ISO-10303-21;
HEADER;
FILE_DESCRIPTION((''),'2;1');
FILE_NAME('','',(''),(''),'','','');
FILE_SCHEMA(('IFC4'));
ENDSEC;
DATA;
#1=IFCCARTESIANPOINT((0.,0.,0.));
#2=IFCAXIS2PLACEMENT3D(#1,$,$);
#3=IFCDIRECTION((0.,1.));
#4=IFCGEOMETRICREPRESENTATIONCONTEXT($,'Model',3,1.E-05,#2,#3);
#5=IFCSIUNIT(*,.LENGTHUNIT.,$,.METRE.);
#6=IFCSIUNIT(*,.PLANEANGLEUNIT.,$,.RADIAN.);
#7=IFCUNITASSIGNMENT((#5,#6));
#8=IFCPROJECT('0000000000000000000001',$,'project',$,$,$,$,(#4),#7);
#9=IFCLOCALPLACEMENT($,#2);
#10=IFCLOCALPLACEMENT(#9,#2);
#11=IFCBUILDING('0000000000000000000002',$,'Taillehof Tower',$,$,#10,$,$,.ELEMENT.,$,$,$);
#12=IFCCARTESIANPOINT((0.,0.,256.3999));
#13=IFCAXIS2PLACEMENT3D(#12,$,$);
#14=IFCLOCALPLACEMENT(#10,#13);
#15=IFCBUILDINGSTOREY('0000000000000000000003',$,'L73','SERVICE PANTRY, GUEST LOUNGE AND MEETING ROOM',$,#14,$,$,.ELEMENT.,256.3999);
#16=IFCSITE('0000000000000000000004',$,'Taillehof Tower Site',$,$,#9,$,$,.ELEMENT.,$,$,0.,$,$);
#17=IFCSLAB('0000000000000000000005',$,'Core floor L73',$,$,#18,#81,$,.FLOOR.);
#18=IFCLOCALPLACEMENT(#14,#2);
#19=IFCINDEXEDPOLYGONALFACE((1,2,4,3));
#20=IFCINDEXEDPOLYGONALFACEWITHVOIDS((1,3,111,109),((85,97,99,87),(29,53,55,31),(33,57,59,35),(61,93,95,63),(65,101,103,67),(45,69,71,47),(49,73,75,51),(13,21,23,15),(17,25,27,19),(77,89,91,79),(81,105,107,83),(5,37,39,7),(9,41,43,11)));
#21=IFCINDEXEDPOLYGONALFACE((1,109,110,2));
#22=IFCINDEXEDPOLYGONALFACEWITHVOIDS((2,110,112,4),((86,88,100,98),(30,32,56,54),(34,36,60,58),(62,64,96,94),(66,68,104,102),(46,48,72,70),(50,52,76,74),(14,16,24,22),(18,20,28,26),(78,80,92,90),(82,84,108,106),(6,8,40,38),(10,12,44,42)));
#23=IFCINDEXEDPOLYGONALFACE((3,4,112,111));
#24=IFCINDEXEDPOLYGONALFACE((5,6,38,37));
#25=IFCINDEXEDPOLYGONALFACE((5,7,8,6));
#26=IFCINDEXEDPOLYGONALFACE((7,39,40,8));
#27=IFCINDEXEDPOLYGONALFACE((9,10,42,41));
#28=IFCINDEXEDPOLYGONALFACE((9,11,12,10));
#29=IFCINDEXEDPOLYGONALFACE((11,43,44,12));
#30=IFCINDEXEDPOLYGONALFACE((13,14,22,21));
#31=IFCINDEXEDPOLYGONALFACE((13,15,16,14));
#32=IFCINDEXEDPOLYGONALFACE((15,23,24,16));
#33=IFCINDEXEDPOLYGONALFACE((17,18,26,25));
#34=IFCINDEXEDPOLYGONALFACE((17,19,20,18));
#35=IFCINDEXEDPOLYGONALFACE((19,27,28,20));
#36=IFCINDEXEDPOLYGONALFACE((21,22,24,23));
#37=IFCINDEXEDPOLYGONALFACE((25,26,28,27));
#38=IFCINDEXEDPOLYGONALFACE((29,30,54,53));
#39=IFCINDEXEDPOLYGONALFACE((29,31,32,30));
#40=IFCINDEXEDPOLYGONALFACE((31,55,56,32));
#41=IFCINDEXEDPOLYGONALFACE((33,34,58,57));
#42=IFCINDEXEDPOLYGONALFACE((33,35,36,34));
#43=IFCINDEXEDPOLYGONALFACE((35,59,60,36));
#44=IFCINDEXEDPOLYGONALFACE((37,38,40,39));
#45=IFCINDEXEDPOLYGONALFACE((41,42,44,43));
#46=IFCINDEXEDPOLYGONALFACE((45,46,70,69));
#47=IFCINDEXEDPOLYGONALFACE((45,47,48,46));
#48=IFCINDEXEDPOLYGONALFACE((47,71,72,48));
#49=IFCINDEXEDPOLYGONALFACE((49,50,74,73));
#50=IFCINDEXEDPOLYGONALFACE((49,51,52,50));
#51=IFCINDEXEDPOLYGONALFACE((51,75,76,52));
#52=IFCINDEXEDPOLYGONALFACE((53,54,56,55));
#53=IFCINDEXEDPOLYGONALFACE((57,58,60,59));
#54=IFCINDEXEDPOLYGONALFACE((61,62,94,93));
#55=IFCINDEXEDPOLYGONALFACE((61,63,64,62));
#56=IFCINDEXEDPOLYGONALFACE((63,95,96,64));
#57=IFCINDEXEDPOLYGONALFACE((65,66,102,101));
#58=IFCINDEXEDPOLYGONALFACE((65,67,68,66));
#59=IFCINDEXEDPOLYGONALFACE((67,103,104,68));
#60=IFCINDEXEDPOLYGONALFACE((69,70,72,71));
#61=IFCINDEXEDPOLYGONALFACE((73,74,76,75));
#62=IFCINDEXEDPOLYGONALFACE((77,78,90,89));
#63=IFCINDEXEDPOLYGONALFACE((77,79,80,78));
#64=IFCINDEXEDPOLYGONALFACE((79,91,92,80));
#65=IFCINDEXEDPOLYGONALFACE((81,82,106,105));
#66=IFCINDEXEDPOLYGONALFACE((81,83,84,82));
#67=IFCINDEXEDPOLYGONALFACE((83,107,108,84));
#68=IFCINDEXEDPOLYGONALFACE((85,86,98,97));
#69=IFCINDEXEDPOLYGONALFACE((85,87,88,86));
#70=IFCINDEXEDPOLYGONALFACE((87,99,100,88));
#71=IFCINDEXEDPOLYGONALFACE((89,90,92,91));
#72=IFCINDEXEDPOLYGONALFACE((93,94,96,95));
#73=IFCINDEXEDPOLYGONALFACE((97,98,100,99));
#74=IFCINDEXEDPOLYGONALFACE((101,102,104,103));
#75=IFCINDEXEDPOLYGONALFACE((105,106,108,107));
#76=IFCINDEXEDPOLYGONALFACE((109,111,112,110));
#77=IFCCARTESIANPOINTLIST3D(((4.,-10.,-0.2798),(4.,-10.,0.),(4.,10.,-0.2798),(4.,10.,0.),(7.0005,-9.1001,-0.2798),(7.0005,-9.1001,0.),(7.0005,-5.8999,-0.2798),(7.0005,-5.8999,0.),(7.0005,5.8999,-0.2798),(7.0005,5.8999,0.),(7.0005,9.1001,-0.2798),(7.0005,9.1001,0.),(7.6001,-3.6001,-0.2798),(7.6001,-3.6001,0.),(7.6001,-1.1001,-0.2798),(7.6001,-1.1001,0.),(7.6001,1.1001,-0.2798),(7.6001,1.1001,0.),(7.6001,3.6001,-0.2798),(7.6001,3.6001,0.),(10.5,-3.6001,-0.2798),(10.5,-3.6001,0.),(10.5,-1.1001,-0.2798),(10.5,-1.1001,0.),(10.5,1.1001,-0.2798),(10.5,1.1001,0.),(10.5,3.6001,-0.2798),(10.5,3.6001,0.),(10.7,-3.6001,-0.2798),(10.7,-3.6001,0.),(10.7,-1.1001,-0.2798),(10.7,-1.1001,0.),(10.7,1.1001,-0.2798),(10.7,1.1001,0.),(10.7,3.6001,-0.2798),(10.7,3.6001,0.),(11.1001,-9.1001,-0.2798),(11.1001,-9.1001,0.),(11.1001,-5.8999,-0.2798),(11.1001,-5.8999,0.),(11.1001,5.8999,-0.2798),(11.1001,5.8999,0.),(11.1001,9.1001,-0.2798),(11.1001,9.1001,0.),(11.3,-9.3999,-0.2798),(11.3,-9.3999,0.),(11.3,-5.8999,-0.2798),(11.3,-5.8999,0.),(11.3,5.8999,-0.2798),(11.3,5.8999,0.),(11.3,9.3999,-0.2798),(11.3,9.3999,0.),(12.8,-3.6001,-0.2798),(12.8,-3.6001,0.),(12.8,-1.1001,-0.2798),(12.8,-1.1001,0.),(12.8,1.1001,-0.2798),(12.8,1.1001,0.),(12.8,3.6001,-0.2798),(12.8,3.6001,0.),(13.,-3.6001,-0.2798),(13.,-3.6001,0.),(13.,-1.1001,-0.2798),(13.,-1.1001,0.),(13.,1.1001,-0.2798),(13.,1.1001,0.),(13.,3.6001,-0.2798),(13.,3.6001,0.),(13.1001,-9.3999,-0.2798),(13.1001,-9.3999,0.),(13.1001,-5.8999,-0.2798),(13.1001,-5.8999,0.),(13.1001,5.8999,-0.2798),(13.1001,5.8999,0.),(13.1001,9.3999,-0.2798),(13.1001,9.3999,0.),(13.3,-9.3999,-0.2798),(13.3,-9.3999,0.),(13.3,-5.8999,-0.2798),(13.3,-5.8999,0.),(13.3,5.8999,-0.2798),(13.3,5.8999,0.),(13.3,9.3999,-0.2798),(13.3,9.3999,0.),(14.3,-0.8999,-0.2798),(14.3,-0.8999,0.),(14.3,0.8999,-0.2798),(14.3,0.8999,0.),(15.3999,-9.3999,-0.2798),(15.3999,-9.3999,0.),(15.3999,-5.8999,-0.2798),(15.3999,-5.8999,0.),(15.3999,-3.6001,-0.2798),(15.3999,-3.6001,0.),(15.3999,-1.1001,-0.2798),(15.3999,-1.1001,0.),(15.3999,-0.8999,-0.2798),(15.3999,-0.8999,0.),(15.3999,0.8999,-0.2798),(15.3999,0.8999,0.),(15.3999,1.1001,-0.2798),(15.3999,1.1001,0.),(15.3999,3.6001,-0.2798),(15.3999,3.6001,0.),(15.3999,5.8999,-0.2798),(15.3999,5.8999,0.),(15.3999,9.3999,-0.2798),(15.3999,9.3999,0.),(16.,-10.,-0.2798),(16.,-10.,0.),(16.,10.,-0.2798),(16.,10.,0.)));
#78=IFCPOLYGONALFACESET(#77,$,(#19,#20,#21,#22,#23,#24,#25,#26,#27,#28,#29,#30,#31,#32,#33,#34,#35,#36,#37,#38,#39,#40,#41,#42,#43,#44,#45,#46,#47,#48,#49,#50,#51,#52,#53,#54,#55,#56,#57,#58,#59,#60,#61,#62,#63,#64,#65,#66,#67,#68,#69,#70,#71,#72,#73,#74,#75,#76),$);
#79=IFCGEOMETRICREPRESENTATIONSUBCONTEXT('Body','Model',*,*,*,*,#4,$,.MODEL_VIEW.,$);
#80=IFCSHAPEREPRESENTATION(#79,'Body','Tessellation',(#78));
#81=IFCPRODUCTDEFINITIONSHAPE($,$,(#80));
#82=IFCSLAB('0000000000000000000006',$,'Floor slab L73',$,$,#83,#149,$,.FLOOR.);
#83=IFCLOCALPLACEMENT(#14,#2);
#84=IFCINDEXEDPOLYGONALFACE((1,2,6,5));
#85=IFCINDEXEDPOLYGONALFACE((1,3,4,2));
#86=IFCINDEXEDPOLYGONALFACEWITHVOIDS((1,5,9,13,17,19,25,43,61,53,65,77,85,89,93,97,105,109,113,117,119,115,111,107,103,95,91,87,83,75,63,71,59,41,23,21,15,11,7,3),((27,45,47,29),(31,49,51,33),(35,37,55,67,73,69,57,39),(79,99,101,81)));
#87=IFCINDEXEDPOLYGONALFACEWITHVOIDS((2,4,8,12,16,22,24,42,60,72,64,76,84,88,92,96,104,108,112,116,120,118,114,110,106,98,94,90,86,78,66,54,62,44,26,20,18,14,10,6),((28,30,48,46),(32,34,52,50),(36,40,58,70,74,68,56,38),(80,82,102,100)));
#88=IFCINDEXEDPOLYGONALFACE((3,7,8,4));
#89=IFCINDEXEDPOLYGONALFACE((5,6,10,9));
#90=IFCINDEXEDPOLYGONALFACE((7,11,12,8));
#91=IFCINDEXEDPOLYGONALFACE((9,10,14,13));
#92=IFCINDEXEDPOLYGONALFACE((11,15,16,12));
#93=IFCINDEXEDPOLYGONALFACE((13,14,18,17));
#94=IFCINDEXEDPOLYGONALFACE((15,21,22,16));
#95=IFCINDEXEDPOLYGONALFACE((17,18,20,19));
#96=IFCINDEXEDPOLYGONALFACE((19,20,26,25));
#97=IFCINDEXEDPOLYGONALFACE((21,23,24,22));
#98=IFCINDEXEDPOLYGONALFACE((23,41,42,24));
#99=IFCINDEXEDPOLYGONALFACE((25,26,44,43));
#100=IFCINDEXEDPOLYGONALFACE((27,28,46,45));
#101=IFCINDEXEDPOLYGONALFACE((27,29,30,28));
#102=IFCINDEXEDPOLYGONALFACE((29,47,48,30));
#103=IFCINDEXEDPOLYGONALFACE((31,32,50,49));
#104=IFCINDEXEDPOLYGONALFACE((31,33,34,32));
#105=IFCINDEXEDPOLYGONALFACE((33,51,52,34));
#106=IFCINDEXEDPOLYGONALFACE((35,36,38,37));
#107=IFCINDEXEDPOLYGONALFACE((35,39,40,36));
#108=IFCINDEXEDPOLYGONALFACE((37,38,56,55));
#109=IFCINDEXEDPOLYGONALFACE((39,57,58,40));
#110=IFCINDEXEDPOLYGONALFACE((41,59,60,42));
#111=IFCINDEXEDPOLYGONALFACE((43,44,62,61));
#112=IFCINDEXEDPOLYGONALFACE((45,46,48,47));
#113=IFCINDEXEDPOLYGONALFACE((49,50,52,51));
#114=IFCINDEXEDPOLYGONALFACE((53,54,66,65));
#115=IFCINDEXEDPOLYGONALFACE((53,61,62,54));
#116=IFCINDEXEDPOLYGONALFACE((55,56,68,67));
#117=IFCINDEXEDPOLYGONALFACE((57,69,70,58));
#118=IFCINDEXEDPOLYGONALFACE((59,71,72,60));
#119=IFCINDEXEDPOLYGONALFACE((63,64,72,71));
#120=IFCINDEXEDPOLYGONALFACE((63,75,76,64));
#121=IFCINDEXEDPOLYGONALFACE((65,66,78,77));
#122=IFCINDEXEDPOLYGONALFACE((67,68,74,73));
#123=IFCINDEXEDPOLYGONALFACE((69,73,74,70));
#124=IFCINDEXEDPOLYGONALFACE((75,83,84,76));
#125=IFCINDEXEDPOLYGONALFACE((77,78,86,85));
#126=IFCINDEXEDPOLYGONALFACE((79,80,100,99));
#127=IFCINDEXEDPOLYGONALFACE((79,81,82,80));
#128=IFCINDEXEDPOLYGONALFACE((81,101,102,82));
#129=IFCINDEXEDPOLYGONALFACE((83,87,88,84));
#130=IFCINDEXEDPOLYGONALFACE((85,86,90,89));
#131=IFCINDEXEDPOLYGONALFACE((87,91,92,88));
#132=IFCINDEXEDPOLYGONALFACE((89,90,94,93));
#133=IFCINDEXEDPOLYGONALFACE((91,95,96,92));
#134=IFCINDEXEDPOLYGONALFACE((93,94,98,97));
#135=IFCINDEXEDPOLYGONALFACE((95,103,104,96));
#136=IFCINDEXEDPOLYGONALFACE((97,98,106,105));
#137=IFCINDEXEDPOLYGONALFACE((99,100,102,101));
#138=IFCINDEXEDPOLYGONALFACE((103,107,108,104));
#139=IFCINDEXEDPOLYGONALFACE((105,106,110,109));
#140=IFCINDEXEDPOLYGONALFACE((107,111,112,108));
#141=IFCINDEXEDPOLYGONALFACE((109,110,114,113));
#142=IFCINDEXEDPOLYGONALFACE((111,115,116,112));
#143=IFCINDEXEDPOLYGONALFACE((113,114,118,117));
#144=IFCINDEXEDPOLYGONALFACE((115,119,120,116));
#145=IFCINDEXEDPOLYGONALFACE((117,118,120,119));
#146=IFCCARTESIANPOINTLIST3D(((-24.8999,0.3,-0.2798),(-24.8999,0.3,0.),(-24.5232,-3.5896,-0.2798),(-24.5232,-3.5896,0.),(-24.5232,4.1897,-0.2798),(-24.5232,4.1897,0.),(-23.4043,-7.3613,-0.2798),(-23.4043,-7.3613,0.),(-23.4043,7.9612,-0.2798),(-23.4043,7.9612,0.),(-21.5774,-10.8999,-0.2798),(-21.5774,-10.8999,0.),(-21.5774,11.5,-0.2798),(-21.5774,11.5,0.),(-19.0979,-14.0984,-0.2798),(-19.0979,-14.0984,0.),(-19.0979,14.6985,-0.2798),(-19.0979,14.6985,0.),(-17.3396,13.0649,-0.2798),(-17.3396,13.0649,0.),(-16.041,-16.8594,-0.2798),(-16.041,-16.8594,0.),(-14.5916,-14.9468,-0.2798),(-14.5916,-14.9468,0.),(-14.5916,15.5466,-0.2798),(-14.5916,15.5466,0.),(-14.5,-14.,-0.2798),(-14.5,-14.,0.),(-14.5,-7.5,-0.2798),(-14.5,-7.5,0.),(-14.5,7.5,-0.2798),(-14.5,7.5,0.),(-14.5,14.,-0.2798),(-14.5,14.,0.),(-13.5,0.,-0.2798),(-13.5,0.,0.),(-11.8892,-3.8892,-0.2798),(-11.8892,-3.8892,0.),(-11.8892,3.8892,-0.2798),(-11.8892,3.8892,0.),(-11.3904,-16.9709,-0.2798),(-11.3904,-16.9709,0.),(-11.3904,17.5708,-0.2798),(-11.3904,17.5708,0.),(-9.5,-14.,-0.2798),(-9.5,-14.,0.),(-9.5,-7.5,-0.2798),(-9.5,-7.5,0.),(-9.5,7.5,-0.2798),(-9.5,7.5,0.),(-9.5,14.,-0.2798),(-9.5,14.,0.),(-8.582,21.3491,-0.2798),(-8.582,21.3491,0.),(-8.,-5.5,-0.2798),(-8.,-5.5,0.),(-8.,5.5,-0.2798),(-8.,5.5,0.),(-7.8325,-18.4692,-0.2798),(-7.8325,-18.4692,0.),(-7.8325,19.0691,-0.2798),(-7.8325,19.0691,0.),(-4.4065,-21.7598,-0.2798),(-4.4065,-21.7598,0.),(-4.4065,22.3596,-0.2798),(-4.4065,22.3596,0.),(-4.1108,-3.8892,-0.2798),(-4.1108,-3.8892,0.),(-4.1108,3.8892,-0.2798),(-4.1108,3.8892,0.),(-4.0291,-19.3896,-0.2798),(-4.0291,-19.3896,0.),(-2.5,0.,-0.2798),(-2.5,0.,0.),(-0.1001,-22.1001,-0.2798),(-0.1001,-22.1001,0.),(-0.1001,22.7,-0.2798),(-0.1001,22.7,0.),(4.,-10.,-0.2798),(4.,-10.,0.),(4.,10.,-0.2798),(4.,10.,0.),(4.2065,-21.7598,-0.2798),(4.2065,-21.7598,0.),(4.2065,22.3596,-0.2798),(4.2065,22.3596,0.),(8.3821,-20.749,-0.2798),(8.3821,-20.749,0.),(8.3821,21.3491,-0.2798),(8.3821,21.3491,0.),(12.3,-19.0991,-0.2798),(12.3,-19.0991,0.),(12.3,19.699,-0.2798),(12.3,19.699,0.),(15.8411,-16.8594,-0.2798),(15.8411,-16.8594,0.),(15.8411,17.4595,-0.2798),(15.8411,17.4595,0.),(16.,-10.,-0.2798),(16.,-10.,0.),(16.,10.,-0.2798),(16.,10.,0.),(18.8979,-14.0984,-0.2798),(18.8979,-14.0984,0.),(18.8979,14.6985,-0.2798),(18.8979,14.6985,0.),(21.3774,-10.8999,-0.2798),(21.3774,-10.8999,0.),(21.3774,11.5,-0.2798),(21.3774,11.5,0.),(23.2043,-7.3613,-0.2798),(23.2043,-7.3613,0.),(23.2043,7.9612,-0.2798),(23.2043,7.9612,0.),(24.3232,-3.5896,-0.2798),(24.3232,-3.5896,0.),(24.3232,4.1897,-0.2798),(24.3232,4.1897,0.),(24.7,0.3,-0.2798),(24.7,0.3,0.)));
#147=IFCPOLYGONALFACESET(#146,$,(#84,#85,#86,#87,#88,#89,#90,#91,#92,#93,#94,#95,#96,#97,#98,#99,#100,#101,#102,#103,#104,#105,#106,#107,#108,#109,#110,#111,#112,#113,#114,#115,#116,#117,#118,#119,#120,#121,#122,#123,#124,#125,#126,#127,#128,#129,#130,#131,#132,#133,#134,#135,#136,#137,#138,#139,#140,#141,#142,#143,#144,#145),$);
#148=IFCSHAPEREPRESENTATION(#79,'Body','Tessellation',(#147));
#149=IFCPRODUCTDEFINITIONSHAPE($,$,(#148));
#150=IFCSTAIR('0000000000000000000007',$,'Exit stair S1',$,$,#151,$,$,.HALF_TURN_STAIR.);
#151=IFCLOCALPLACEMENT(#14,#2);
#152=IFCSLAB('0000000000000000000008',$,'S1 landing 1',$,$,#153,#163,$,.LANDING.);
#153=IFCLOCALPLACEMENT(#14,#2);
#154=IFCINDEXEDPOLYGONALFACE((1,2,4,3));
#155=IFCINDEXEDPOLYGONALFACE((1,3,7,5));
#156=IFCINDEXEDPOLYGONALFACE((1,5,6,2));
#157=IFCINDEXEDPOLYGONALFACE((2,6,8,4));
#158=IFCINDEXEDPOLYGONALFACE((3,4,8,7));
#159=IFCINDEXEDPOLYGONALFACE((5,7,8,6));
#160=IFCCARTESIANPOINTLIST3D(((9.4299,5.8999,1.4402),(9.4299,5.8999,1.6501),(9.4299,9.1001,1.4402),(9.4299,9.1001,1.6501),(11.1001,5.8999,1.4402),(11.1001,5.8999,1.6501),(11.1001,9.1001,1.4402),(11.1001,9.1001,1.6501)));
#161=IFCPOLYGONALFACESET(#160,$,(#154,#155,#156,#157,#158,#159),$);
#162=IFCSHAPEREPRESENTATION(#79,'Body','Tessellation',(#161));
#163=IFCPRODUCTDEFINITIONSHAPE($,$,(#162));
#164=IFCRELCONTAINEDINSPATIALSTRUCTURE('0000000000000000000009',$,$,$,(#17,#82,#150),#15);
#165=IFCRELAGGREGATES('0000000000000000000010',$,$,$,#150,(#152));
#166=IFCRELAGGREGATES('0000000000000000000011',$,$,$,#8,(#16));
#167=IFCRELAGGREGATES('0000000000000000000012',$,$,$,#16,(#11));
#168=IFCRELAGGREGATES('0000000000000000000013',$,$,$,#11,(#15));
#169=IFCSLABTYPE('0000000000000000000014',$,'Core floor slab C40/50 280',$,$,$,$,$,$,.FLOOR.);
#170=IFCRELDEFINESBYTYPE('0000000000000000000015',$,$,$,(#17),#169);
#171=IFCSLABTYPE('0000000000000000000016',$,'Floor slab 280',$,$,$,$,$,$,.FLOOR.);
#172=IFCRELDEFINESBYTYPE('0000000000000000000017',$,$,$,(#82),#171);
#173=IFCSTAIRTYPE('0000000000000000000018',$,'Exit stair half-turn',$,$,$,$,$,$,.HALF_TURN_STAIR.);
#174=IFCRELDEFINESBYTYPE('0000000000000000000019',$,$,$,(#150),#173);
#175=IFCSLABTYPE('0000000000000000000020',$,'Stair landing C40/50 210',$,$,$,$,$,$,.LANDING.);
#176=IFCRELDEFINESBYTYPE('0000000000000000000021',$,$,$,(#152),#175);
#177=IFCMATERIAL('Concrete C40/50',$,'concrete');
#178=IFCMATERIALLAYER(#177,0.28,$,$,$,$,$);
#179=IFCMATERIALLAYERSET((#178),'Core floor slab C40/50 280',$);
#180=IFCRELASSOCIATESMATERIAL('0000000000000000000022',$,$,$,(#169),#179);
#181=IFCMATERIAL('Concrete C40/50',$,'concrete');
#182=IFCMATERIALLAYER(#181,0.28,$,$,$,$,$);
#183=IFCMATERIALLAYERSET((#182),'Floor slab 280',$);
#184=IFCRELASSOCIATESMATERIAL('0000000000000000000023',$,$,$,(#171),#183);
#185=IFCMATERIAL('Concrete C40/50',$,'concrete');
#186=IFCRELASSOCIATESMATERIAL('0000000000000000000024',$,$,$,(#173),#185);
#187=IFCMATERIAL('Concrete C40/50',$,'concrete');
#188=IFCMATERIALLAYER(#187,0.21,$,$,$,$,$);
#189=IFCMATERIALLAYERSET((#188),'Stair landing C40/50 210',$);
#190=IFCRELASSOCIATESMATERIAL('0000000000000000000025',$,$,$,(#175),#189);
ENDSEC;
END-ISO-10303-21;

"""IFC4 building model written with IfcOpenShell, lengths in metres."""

from ifc_helpers import new_model, si_unit, direction, frame, origin, place, context, subcontext, project, spatial, polyline, outline, extrude, material, layer, layer_set, type_object, element, aggregate, save


model = new_model("IFC4")

# Units and contexts
model_context = context("Model", 3, precision=1e-05, world=origin(), true_north=direction((0.0, 1.0)))
body_context = subcontext(model_context, "Body", "Model", "MODEL_VIEW")
ifc_project = project(units=[si_unit("LENGTHUNIT", "METRE"), si_unit("PLANEANGLEUNIT", "RADIAN")], contexts=[model_context])

# Site, building, storey
site_placement = place(None, origin())
site = spatial("IfcSite", under=ifc_project, at=site_placement, Name="Taillehof Tower Site", CompositionType="ELEMENT", RefElevation=0.0)
building_placement = place(site_placement, origin())
building = spatial("IfcBuilding", under=site, at=building_placement, Name="Taillehof Tower", CompositionType="ELEMENT")
storey_placement = place(building_placement, frame((0.0, 0.0, 256.3999)))
storey = spatial("IfcBuildingStorey", under=building, at=storey_placement, Name="L73", Description="SERVICE PANTRY, GUEST LOUNGE AND MEETING ROOM", CompositionType="ELEMENT", Elevation=256.3999)

# Slabs
ifc_material_1 = material(Name="Concrete C40/50", Category="concrete")
ifc_layer_1 = layer(ifc_material_1, 0.28)
ifc_layer_set_1 = layer_set([ifc_layer_1], Name="Core floor slab C40/50 280")
slab_type_1 = type_object("IfcSlabType", Name="Core floor slab C40/50 280", PredefinedType="FLOOR", material=ifc_layer_set_1)
slab_1_placement = place(storey_placement, frame((0.0, 0.0, -0.2798)))
element("IfcSlab", 1, at=slab_1_placement, inside=storey, type_object=slab_type_1, Name="Core floor L73", PredefinedType="FLOOR", context=body_context, shape_type="SweptSolid", body=[
    extrude(outline(polyline([(4.0, -10.0), (4.0, 10.0), (16.0, 10.0), (16.0, -10.0), (4.0, -10.0)]), holes=[polyline([(11.1001, -9.1001), (11.1001, -5.8999), (7.0005, -5.8999), (7.0005, -9.1001), (11.1001, -9.1001)]), polyline([(10.5, -3.6001), (10.5, -1.1001), (7.6001, -1.1001), (7.6001, -3.6001), (10.5, -3.6001)]), polyline([(12.8, -3.6001), (12.8, -1.1001), (10.7, -1.1001), (10.7, -3.6001), (12.8, -3.6001)]), polyline([(10.5, 3.6001), (7.6001, 3.6001), (7.6001, 1.1001), (10.5, 1.1001), (10.5, 3.6001)]), polyline([(12.8, 1.1001), (12.8, 3.6001), (10.7, 3.6001), (10.7, 1.1001), (12.8, 1.1001)]), polyline([(11.1001, 5.8999), (11.1001, 9.1001), (7.0005, 9.1001), (7.0005, 5.8999), (11.1001, 5.8999)]), polyline([(13.1001, 9.3999), (11.3, 9.3999), (11.3, 5.8999), (13.1001, 5.8999), (13.1001, 9.3999)]), polyline([(13.1001, -9.3999), (13.1001, -5.8999), (11.3, -5.8999), (11.3, -9.3999), (13.1001, -9.3999)]), polyline([(15.3999, -9.3999), (15.3999, -5.8999), (13.3, -5.8999), (13.3, -9.3999), (15.3999, -9.3999)]), polyline([(15.3999, -3.6001), (15.3999, -1.1001), (13.0, -1.1001), (13.0, -3.6001), (15.3999, -3.6001)]), polyline([(15.3999, -0.8999), (15.3999, 0.8999), (14.3, 0.8999), (14.3, -0.8999), (15.3999, -0.8999)]), polyline([(15.3999, 1.1001), (15.3999, 3.6001), (13.0, 3.6001), (13.0, 1.1001), (15.3999, 1.1001)]), polyline([(15.3999, 5.8999), (15.3999, 9.3999), (13.3, 9.3999), (13.3, 5.8999), (15.3999, 5.8999)])]), origin(), (0.0, 0.0, 1.0), 0.2798),
])
ifc_material_2 = material(Name="Concrete C40/50", Category="concrete")
ifc_layer_2 = layer(ifc_material_2, 0.28)
ifc_layer_set_2 = layer_set([ifc_layer_2], Name="Floor slab 280")
slab_type_2 = type_object("IfcSlabType", Name="Floor slab 280", PredefinedType="FLOOR", material=ifc_layer_set_2)
slab_2_placement = place(storey_placement, frame((0.0, 0.0, -0.2798)))
element("IfcSlab", 2, at=slab_2_placement, inside=storey, type_object=slab_type_2, Name="Floor slab L73", PredefinedType="FLOOR", context=body_context, shape_type="SweptSolid", body=[
    extrude(outline(polyline([(24.7, 0.3), (24.3232, 4.1897), (23.2043, 7.9612), (21.3774, 11.5), (18.8979, 14.6985), (15.8411, 17.4595), (12.3, 19.699), (8.3821, 21.3491), (4.2065, 22.3596), (-0.1001, 22.7), (-4.4065, 22.3596), (-8.582, 21.3491), (-7.8325, 19.0691), (-11.3904, 17.5708), (-14.5916, 15.5466), (-17.3396, 13.0649), (-19.0979, 14.6985), (-21.5774, 11.5), (-23.4043, 7.9612), (-24.5232, 4.1897), (-24.8999, 0.3), (-24.5232, -3.5896), (-23.4043, -7.3613), (-21.5774, -10.8999), (-19.0979, -14.0984), (-16.041, -16.8594), (-14.5916, -14.9468), (-11.3904, -16.9709), (-7.8325, -18.4692), (-4.0291, -19.3896), (-4.4065, -21.7598), (-0.1001, -22.1001), (4.2065, -21.7598), (8.3821, -20.749), (12.3, -19.0991), (15.8411, -16.8594), (18.8979, -14.0984), (21.3774, -10.8999), (23.2043, -7.3613), (24.3232, -3.5896), (24.7, 0.3)]), holes=[polyline([(-14.5, -7.5), (-9.5, -7.5), (-9.5, -14.0), (-14.5, -14.0), (-14.5, -7.5)]), polyline([(-8.0, -5.5), (-11.8892, -3.8892), (-13.5, 0.0), (-11.8892, 3.8892), (-8.0, 5.5), (-4.1108, 3.8892), (-2.5, 0.0), (-4.1108, -3.8892), (-8.0, -5.5)]), polyline([(16.0, 10.0), (16.0, -10.0), (4.0, -10.0), (4.0, 10.0), (16.0, 10.0)]), polyline([(-14.5, 14.0), (-9.5, 14.0), (-9.5, 7.5), (-14.5, 7.5), (-14.5, 14.0)])]), origin(), (0.0, 0.0, 1.0), 0.2798),
])

# Stair, slab
ifc_material_3 = material(Name="Concrete C40/50", Category="concrete")
stair_type = type_object("IfcStairType", Name="Exit stair half-turn", PredefinedType="HALF_TURN_STAIR", material=ifc_material_3)
stair_placement = place(storey_placement, origin())
stair = element("IfcStair", 3, at=stair_placement, inside=storey, type_object=stair_type, Name="Exit stair S1", PredefinedType="HALF_TURN_STAIR")
ifc_material_4 = material(Name="Concrete C40/50", Category="concrete")
ifc_layer_3 = layer(ifc_material_4, 0.21)
ifc_layer_set_3 = layer_set([ifc_layer_3], Name="Stair landing C40/50 210")
slab_type_3 = type_object("IfcSlabType", Name="Stair landing C40/50 210", PredefinedType="LANDING", material=ifc_layer_set_3)
slab_3_placement = place(storey_placement, frame((0.0, 0.0, 1.4402)))
slab_3 = element("IfcSlab", 4, at=slab_3_placement, type_object=slab_type_3, Name="S1 landing 1", PredefinedType="LANDING", context=body_context, shape_type="SweptSolid", body=[
    extrude(outline(polyline([(9.4299, 5.8999), (11.1001, 5.8999), (11.1001, 9.1001), (9.4299, 9.1001), (9.4299, 5.8999)])), origin(), (0.0, 0.0, 1.0), 0.21),
])
aggregate(stair, [slab_3])

save(model, "model.ifc")
